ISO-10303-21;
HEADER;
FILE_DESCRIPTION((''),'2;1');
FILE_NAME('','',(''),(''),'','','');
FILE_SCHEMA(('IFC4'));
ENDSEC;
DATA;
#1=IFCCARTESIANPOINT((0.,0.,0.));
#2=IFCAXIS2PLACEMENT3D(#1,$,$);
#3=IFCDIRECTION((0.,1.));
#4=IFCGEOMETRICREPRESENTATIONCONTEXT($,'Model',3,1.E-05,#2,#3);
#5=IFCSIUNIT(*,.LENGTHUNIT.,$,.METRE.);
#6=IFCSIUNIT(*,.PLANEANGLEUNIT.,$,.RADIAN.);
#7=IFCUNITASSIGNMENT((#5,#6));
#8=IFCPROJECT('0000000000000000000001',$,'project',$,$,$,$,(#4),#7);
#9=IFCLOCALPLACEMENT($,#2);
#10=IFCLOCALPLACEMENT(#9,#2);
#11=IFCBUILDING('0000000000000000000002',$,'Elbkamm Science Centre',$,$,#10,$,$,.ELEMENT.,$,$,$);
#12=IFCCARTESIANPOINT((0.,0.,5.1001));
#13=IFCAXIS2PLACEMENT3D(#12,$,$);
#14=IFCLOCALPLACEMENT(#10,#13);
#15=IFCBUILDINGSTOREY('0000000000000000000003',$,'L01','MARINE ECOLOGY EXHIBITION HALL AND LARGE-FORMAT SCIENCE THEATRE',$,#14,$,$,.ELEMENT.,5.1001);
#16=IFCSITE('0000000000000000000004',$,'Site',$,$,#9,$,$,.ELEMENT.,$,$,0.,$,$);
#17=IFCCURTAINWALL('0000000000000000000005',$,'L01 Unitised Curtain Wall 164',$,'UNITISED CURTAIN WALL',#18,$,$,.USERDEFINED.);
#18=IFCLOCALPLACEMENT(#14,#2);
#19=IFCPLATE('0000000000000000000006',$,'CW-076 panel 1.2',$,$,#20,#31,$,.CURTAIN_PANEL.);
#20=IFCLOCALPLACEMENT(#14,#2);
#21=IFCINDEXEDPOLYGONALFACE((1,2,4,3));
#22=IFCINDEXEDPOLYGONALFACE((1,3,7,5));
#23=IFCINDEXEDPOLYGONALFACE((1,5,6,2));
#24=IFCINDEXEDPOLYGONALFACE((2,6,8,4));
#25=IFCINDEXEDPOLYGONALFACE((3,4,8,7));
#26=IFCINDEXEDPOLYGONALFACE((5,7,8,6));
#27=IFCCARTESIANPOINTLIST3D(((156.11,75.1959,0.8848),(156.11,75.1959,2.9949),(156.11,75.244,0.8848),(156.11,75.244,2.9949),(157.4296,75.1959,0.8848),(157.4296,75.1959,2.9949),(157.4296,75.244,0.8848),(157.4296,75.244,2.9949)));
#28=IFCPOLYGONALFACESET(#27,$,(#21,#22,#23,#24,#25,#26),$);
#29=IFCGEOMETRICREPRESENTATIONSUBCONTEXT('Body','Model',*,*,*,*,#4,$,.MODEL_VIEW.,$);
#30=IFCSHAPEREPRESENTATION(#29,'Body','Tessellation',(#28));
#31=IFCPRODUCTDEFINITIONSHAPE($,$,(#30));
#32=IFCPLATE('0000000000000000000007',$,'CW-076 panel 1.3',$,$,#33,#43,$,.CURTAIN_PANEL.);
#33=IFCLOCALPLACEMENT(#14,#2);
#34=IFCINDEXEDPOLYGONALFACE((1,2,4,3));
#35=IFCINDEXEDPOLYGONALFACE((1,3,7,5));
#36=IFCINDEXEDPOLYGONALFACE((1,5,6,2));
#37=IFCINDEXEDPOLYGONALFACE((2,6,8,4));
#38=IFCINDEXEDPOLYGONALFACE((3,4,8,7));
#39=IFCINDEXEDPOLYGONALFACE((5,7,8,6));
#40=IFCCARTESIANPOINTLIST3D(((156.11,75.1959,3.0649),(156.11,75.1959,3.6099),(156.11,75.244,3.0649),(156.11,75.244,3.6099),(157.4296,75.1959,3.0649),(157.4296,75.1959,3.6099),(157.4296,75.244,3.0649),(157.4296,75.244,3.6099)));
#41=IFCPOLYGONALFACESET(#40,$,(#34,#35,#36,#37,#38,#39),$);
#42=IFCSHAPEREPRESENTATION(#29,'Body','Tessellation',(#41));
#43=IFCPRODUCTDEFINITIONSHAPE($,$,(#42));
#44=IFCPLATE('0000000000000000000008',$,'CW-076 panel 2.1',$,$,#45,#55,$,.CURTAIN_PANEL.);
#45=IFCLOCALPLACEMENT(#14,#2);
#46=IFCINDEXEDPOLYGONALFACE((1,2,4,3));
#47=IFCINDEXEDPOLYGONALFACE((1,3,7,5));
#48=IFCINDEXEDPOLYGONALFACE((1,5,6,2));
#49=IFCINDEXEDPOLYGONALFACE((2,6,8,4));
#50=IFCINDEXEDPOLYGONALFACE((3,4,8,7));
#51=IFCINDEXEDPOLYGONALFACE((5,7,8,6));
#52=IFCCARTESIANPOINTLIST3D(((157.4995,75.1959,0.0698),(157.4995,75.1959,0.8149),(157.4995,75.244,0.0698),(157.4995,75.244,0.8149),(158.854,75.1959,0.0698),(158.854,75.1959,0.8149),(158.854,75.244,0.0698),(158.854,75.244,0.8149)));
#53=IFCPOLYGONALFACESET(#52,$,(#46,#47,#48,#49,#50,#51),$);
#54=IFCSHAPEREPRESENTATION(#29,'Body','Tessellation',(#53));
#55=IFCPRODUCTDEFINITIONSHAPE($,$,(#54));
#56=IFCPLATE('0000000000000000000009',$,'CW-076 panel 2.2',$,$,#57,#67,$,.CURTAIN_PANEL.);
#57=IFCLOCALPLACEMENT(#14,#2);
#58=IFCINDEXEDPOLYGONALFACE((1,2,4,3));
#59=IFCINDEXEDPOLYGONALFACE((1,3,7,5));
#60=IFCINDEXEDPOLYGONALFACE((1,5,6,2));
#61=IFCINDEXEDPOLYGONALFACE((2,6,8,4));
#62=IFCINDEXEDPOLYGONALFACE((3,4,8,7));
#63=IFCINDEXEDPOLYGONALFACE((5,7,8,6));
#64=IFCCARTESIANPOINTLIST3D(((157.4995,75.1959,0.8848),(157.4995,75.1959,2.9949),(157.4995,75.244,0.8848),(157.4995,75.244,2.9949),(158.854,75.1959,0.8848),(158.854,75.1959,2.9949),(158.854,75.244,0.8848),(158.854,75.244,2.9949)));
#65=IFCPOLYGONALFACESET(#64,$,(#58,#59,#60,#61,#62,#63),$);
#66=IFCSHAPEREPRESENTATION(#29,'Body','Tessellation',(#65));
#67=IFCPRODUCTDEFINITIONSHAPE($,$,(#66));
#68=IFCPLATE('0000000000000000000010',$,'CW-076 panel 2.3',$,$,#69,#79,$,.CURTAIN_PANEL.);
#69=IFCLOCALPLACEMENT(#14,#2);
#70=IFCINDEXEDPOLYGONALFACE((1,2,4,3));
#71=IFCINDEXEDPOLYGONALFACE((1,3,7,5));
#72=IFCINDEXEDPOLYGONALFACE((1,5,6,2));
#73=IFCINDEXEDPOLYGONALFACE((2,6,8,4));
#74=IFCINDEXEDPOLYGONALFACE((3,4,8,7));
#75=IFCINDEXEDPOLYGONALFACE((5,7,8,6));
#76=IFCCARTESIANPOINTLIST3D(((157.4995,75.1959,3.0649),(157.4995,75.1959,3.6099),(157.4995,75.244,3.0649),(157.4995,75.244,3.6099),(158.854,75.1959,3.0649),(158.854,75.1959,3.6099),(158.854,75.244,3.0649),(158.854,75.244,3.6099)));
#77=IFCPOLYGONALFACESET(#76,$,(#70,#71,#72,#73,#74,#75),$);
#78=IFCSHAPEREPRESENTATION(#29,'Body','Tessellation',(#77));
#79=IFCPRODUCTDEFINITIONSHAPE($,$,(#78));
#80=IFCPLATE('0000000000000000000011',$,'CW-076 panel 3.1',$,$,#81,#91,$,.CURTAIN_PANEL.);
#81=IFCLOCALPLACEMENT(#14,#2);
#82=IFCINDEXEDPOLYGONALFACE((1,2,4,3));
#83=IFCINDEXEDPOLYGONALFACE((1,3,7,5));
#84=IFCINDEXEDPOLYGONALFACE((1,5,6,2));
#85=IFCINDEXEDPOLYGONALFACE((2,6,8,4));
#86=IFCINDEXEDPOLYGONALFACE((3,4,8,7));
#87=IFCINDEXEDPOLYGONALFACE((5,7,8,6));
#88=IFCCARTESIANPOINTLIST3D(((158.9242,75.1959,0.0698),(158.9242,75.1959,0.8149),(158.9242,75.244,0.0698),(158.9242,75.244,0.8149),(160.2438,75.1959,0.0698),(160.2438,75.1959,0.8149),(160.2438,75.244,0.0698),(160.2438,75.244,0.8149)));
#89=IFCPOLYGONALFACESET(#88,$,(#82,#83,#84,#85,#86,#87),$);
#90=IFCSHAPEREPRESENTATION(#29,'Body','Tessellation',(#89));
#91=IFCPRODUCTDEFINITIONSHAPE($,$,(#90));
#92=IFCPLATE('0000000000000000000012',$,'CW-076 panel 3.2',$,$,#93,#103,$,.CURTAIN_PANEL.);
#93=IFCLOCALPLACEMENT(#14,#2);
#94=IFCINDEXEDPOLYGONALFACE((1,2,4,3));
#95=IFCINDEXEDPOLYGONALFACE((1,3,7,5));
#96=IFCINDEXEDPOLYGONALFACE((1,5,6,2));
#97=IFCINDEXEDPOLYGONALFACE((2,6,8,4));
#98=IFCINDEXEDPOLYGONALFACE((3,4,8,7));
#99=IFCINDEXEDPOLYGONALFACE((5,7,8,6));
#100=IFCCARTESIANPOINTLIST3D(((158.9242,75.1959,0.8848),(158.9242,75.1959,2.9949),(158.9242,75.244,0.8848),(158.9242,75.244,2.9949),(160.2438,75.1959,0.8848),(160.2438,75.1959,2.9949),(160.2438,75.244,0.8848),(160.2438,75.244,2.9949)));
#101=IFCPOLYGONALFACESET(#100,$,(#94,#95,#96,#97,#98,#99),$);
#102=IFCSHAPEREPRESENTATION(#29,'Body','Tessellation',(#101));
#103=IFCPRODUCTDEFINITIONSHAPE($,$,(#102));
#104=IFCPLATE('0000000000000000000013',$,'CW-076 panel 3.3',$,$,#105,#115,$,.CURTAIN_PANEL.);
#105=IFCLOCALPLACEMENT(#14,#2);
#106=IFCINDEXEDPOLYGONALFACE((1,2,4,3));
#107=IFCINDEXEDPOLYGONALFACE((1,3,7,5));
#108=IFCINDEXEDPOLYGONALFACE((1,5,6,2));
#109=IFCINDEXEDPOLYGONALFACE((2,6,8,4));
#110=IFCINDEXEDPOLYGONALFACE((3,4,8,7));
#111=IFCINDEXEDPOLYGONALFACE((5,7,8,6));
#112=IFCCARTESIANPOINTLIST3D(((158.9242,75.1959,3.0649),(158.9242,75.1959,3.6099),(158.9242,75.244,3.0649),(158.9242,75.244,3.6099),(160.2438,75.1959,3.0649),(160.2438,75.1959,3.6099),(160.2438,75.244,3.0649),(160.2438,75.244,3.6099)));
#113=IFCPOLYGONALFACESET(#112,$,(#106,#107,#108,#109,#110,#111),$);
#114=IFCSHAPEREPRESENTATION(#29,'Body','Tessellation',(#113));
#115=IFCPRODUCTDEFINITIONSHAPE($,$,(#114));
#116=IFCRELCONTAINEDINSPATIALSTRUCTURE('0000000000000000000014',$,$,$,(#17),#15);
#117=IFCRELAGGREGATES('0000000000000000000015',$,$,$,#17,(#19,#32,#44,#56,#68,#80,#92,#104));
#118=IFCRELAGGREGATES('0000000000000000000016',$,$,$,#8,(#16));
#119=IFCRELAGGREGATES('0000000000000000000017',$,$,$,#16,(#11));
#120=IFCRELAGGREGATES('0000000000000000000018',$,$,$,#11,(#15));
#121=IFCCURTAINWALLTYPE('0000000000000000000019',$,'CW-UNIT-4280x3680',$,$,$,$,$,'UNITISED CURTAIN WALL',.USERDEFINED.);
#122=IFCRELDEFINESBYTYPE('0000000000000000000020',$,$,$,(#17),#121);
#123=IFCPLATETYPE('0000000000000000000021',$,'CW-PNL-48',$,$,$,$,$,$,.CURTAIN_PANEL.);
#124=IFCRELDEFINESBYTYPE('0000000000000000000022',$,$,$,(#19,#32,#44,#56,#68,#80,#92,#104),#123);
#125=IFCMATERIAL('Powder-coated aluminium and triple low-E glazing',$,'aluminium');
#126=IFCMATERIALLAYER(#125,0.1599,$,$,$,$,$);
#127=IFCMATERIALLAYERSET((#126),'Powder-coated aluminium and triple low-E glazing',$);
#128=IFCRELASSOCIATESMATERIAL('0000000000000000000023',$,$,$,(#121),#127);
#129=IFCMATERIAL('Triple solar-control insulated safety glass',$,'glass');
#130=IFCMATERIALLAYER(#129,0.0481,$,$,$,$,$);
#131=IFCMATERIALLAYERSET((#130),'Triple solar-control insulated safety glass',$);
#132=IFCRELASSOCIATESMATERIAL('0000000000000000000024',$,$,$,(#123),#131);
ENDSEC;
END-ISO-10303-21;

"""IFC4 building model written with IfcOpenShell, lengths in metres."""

from ifc_helpers import new_model, si_unit, direction, frame, origin, origin_2d, place, context, subcontext, project, spatial, rectangle, extrude, material, layer, layer_set, type_object, element, aggregate, save


model = new_model("IFC4")

# Units and contexts
model_context = context("Model", 3, precision=1e-05, world=origin(), true_north=direction((0.0, 1.0)))
body_context = subcontext(model_context, "Body", "Model", "MODEL_VIEW")
ifc_project = project(units=[si_unit("LENGTHUNIT", "METRE"), si_unit("PLANEANGLEUNIT", "RADIAN")], contexts=[model_context])

# Site, building, storey
site_placement = place(None, origin())
site = spatial("IfcSite", under=ifc_project, at=site_placement, Name="Site", CompositionType="ELEMENT", RefElevation=0.0)
building_placement = place(site_placement, origin())
building = spatial("IfcBuilding", under=site, at=building_placement, Name="Elbkamm Science Centre", CompositionType="ELEMENT")
storey_placement = place(building_placement, frame((0.0, 0.0, 5.1001)))
storey = spatial("IfcBuildingStorey", under=building, at=storey_placement, Name="L01", Description="MARINE ECOLOGY EXHIBITION HALL AND LARGE-FORMAT SCIENCE THEATRE", CompositionType="ELEMENT", Elevation=5.1001)

# Shared definitions
ifc_material_1 = material(Name="Powder-coated aluminium and triple low-E glazing", Category="aluminium")
ifc_layer_1 = layer(ifc_material_1, 0.1599)
ifc_layer_set_1 = layer_set([ifc_layer_1], Name="Powder-coated aluminium and triple low-E glazing")
curtain_wall_type = type_object("IfcCurtainWallType", Name="CW-UNIT-4280x3680", ElementType="UNITISED CURTAIN WALL", PredefinedType="USERDEFINED", material=ifc_layer_set_1)

# Curtain wall
curtain_wall_1_placement = place(storey_placement, origin())
curtain_wall_1 = element("IfcCurtainWall", 1, at=curtain_wall_1_placement, inside=storey, type_object=curtain_wall_type, Name="L01 Unitised Curtain Wall 164", ObjectType="UNITISED CURTAIN WALL", PredefinedType="USERDEFINED")

# Plates
ifc_material_2 = material(Name="Triple solar-control insulated safety glass", Category="glass")
ifc_layer_2 = layer(ifc_material_2, 0.0481)
ifc_layer_set_2 = layer_set([ifc_layer_2], Name="Triple solar-control insulated safety glass")
plate_type = type_object("IfcPlateType", Name="CW-PNL-48", PredefinedType="CURTAIN_PANEL", material=ifc_layer_set_2)
plate_1_placement = place(storey_placement, frame((156.7698, 75.22, 0.8848), z_axis=(0.0, 0.0, 1.0), x_axis=(1.0, 0.0, 0.0)))
plate_1 = element("IfcPlate", 2, at=plate_1_placement, type_object=plate_type, Name="CW-076 panel 1.2", PredefinedType="CURTAIN_PANEL", context=body_context, shape_type="SweptSolid", body=[
    extrude(rectangle(XDim=1.3196, YDim=0.0481, at=origin_2d()), origin(), (0.0, 0.0, 1.0), 2.1101),
])
plate_2_placement = place(storey_placement, frame((156.7698, 75.22, 3.0649), z_axis=(0.0, 0.0, 1.0), x_axis=(1.0, 0.0, 0.0)))
plate_2 = element("IfcPlate", 3, at=plate_2_placement, type_object=plate_type, Name="CW-076 panel 1.3", PredefinedType="CURTAIN_PANEL", context=body_context, shape_type="SweptSolid", body=[
    extrude(rectangle(XDim=1.3196, YDim=0.0481, at=origin_2d()), origin(), (0.0, 0.0, 1.0), 0.5449),
])
plate_3_placement = place(storey_placement, frame((158.1768, 75.22, 0.0698), z_axis=(0.0, 0.0, 1.0), x_axis=(1.0, 0.0, 0.0)))
plate_3 = element("IfcPlate", 4, at=plate_3_placement, type_object=plate_type, Name="CW-076 panel 2.1", PredefinedType="CURTAIN_PANEL", context=body_context, shape_type="SweptSolid", body=[
    extrude(rectangle(XDim=1.3545, YDim=0.0481, at=origin_2d()), origin(), (0.0, 0.0, 1.0), 0.7451),
])
plate_4_placement = place(storey_placement, frame((158.1768, 75.22, 0.8848), z_axis=(0.0, 0.0, 1.0), x_axis=(1.0, 0.0, 0.0)))
plate_4 = element("IfcPlate", 5, at=plate_4_placement, type_object=plate_type, Name="CW-076 panel 2.2", PredefinedType="CURTAIN_PANEL", context=body_context, shape_type="SweptSolid", body=[
    extrude(rectangle(XDim=1.3545, YDim=0.0481, at=origin_2d()), origin(), (0.0, 0.0, 1.0), 2.1101),
])
plate_5_placement = place(storey_placement, frame((158.1768, 75.22, 3.0649), z_axis=(0.0, 0.0, 1.0), x_axis=(1.0, 0.0, 0.0)))
plate_5 = element("IfcPlate", 6, at=plate_5_placement, type_object=plate_type, Name="CW-076 panel 2.3", PredefinedType="CURTAIN_PANEL", context=body_context, shape_type="SweptSolid", body=[
    extrude(rectangle(XDim=1.3545, YDim=0.0481, at=origin_2d()), origin(), (0.0, 0.0, 1.0), 0.5449),
])
plate_6_placement = place(storey_placement, frame((159.584, 75.22, 0.0698), z_axis=(0.0, 0.0, 1.0), x_axis=(1.0, 0.0, 0.0)))
plate_6 = element("IfcPlate", 7, at=plate_6_placement, type_object=plate_type, Name="CW-076 panel 3.1", PredefinedType="CURTAIN_PANEL", context=body_context, shape_type="SweptSolid", body=[
    extrude(rectangle(XDim=1.3196, YDim=0.0481, at=origin_2d()), origin(), (0.0, 0.0, 1.0), 0.7451),
])
plate_7_placement = place(storey_placement, frame((159.584, 75.22, 0.8848), z_axis=(0.0, 0.0, 1.0), x_axis=(1.0, 0.0, 0.0)))
plate_7 = element("IfcPlate", 8, at=plate_7_placement, type_object=plate_type, Name="CW-076 panel 3.2", PredefinedType="CURTAIN_PANEL", context=body_context, shape_type="SweptSolid", body=[
    extrude(rectangle(XDim=1.3196, YDim=0.0481, at=origin_2d()), origin(), (0.0, 0.0, 1.0), 2.1101),
])
plate_8_placement = place(storey_placement, frame((159.584, 75.22, 3.0649), z_axis=(0.0, 0.0, 1.0), x_axis=(1.0, 0.0, 0.0)))
plate_8 = element("IfcPlate", 9, at=plate_8_placement, type_object=plate_type, Name="CW-076 panel 3.3", PredefinedType="CURTAIN_PANEL", context=body_context, shape_type="SweptSolid", body=[
    extrude(rectangle(XDim=1.3196, YDim=0.0481, at=origin_2d()), origin(), (0.0, 0.0, 1.0), 0.5449),
])
aggregate(curtain_wall_1, [plate_1, plate_2, plate_3, plate_4, plate_5, plate_6, plate_7, plate_8])

save(model, "model.ifc")
